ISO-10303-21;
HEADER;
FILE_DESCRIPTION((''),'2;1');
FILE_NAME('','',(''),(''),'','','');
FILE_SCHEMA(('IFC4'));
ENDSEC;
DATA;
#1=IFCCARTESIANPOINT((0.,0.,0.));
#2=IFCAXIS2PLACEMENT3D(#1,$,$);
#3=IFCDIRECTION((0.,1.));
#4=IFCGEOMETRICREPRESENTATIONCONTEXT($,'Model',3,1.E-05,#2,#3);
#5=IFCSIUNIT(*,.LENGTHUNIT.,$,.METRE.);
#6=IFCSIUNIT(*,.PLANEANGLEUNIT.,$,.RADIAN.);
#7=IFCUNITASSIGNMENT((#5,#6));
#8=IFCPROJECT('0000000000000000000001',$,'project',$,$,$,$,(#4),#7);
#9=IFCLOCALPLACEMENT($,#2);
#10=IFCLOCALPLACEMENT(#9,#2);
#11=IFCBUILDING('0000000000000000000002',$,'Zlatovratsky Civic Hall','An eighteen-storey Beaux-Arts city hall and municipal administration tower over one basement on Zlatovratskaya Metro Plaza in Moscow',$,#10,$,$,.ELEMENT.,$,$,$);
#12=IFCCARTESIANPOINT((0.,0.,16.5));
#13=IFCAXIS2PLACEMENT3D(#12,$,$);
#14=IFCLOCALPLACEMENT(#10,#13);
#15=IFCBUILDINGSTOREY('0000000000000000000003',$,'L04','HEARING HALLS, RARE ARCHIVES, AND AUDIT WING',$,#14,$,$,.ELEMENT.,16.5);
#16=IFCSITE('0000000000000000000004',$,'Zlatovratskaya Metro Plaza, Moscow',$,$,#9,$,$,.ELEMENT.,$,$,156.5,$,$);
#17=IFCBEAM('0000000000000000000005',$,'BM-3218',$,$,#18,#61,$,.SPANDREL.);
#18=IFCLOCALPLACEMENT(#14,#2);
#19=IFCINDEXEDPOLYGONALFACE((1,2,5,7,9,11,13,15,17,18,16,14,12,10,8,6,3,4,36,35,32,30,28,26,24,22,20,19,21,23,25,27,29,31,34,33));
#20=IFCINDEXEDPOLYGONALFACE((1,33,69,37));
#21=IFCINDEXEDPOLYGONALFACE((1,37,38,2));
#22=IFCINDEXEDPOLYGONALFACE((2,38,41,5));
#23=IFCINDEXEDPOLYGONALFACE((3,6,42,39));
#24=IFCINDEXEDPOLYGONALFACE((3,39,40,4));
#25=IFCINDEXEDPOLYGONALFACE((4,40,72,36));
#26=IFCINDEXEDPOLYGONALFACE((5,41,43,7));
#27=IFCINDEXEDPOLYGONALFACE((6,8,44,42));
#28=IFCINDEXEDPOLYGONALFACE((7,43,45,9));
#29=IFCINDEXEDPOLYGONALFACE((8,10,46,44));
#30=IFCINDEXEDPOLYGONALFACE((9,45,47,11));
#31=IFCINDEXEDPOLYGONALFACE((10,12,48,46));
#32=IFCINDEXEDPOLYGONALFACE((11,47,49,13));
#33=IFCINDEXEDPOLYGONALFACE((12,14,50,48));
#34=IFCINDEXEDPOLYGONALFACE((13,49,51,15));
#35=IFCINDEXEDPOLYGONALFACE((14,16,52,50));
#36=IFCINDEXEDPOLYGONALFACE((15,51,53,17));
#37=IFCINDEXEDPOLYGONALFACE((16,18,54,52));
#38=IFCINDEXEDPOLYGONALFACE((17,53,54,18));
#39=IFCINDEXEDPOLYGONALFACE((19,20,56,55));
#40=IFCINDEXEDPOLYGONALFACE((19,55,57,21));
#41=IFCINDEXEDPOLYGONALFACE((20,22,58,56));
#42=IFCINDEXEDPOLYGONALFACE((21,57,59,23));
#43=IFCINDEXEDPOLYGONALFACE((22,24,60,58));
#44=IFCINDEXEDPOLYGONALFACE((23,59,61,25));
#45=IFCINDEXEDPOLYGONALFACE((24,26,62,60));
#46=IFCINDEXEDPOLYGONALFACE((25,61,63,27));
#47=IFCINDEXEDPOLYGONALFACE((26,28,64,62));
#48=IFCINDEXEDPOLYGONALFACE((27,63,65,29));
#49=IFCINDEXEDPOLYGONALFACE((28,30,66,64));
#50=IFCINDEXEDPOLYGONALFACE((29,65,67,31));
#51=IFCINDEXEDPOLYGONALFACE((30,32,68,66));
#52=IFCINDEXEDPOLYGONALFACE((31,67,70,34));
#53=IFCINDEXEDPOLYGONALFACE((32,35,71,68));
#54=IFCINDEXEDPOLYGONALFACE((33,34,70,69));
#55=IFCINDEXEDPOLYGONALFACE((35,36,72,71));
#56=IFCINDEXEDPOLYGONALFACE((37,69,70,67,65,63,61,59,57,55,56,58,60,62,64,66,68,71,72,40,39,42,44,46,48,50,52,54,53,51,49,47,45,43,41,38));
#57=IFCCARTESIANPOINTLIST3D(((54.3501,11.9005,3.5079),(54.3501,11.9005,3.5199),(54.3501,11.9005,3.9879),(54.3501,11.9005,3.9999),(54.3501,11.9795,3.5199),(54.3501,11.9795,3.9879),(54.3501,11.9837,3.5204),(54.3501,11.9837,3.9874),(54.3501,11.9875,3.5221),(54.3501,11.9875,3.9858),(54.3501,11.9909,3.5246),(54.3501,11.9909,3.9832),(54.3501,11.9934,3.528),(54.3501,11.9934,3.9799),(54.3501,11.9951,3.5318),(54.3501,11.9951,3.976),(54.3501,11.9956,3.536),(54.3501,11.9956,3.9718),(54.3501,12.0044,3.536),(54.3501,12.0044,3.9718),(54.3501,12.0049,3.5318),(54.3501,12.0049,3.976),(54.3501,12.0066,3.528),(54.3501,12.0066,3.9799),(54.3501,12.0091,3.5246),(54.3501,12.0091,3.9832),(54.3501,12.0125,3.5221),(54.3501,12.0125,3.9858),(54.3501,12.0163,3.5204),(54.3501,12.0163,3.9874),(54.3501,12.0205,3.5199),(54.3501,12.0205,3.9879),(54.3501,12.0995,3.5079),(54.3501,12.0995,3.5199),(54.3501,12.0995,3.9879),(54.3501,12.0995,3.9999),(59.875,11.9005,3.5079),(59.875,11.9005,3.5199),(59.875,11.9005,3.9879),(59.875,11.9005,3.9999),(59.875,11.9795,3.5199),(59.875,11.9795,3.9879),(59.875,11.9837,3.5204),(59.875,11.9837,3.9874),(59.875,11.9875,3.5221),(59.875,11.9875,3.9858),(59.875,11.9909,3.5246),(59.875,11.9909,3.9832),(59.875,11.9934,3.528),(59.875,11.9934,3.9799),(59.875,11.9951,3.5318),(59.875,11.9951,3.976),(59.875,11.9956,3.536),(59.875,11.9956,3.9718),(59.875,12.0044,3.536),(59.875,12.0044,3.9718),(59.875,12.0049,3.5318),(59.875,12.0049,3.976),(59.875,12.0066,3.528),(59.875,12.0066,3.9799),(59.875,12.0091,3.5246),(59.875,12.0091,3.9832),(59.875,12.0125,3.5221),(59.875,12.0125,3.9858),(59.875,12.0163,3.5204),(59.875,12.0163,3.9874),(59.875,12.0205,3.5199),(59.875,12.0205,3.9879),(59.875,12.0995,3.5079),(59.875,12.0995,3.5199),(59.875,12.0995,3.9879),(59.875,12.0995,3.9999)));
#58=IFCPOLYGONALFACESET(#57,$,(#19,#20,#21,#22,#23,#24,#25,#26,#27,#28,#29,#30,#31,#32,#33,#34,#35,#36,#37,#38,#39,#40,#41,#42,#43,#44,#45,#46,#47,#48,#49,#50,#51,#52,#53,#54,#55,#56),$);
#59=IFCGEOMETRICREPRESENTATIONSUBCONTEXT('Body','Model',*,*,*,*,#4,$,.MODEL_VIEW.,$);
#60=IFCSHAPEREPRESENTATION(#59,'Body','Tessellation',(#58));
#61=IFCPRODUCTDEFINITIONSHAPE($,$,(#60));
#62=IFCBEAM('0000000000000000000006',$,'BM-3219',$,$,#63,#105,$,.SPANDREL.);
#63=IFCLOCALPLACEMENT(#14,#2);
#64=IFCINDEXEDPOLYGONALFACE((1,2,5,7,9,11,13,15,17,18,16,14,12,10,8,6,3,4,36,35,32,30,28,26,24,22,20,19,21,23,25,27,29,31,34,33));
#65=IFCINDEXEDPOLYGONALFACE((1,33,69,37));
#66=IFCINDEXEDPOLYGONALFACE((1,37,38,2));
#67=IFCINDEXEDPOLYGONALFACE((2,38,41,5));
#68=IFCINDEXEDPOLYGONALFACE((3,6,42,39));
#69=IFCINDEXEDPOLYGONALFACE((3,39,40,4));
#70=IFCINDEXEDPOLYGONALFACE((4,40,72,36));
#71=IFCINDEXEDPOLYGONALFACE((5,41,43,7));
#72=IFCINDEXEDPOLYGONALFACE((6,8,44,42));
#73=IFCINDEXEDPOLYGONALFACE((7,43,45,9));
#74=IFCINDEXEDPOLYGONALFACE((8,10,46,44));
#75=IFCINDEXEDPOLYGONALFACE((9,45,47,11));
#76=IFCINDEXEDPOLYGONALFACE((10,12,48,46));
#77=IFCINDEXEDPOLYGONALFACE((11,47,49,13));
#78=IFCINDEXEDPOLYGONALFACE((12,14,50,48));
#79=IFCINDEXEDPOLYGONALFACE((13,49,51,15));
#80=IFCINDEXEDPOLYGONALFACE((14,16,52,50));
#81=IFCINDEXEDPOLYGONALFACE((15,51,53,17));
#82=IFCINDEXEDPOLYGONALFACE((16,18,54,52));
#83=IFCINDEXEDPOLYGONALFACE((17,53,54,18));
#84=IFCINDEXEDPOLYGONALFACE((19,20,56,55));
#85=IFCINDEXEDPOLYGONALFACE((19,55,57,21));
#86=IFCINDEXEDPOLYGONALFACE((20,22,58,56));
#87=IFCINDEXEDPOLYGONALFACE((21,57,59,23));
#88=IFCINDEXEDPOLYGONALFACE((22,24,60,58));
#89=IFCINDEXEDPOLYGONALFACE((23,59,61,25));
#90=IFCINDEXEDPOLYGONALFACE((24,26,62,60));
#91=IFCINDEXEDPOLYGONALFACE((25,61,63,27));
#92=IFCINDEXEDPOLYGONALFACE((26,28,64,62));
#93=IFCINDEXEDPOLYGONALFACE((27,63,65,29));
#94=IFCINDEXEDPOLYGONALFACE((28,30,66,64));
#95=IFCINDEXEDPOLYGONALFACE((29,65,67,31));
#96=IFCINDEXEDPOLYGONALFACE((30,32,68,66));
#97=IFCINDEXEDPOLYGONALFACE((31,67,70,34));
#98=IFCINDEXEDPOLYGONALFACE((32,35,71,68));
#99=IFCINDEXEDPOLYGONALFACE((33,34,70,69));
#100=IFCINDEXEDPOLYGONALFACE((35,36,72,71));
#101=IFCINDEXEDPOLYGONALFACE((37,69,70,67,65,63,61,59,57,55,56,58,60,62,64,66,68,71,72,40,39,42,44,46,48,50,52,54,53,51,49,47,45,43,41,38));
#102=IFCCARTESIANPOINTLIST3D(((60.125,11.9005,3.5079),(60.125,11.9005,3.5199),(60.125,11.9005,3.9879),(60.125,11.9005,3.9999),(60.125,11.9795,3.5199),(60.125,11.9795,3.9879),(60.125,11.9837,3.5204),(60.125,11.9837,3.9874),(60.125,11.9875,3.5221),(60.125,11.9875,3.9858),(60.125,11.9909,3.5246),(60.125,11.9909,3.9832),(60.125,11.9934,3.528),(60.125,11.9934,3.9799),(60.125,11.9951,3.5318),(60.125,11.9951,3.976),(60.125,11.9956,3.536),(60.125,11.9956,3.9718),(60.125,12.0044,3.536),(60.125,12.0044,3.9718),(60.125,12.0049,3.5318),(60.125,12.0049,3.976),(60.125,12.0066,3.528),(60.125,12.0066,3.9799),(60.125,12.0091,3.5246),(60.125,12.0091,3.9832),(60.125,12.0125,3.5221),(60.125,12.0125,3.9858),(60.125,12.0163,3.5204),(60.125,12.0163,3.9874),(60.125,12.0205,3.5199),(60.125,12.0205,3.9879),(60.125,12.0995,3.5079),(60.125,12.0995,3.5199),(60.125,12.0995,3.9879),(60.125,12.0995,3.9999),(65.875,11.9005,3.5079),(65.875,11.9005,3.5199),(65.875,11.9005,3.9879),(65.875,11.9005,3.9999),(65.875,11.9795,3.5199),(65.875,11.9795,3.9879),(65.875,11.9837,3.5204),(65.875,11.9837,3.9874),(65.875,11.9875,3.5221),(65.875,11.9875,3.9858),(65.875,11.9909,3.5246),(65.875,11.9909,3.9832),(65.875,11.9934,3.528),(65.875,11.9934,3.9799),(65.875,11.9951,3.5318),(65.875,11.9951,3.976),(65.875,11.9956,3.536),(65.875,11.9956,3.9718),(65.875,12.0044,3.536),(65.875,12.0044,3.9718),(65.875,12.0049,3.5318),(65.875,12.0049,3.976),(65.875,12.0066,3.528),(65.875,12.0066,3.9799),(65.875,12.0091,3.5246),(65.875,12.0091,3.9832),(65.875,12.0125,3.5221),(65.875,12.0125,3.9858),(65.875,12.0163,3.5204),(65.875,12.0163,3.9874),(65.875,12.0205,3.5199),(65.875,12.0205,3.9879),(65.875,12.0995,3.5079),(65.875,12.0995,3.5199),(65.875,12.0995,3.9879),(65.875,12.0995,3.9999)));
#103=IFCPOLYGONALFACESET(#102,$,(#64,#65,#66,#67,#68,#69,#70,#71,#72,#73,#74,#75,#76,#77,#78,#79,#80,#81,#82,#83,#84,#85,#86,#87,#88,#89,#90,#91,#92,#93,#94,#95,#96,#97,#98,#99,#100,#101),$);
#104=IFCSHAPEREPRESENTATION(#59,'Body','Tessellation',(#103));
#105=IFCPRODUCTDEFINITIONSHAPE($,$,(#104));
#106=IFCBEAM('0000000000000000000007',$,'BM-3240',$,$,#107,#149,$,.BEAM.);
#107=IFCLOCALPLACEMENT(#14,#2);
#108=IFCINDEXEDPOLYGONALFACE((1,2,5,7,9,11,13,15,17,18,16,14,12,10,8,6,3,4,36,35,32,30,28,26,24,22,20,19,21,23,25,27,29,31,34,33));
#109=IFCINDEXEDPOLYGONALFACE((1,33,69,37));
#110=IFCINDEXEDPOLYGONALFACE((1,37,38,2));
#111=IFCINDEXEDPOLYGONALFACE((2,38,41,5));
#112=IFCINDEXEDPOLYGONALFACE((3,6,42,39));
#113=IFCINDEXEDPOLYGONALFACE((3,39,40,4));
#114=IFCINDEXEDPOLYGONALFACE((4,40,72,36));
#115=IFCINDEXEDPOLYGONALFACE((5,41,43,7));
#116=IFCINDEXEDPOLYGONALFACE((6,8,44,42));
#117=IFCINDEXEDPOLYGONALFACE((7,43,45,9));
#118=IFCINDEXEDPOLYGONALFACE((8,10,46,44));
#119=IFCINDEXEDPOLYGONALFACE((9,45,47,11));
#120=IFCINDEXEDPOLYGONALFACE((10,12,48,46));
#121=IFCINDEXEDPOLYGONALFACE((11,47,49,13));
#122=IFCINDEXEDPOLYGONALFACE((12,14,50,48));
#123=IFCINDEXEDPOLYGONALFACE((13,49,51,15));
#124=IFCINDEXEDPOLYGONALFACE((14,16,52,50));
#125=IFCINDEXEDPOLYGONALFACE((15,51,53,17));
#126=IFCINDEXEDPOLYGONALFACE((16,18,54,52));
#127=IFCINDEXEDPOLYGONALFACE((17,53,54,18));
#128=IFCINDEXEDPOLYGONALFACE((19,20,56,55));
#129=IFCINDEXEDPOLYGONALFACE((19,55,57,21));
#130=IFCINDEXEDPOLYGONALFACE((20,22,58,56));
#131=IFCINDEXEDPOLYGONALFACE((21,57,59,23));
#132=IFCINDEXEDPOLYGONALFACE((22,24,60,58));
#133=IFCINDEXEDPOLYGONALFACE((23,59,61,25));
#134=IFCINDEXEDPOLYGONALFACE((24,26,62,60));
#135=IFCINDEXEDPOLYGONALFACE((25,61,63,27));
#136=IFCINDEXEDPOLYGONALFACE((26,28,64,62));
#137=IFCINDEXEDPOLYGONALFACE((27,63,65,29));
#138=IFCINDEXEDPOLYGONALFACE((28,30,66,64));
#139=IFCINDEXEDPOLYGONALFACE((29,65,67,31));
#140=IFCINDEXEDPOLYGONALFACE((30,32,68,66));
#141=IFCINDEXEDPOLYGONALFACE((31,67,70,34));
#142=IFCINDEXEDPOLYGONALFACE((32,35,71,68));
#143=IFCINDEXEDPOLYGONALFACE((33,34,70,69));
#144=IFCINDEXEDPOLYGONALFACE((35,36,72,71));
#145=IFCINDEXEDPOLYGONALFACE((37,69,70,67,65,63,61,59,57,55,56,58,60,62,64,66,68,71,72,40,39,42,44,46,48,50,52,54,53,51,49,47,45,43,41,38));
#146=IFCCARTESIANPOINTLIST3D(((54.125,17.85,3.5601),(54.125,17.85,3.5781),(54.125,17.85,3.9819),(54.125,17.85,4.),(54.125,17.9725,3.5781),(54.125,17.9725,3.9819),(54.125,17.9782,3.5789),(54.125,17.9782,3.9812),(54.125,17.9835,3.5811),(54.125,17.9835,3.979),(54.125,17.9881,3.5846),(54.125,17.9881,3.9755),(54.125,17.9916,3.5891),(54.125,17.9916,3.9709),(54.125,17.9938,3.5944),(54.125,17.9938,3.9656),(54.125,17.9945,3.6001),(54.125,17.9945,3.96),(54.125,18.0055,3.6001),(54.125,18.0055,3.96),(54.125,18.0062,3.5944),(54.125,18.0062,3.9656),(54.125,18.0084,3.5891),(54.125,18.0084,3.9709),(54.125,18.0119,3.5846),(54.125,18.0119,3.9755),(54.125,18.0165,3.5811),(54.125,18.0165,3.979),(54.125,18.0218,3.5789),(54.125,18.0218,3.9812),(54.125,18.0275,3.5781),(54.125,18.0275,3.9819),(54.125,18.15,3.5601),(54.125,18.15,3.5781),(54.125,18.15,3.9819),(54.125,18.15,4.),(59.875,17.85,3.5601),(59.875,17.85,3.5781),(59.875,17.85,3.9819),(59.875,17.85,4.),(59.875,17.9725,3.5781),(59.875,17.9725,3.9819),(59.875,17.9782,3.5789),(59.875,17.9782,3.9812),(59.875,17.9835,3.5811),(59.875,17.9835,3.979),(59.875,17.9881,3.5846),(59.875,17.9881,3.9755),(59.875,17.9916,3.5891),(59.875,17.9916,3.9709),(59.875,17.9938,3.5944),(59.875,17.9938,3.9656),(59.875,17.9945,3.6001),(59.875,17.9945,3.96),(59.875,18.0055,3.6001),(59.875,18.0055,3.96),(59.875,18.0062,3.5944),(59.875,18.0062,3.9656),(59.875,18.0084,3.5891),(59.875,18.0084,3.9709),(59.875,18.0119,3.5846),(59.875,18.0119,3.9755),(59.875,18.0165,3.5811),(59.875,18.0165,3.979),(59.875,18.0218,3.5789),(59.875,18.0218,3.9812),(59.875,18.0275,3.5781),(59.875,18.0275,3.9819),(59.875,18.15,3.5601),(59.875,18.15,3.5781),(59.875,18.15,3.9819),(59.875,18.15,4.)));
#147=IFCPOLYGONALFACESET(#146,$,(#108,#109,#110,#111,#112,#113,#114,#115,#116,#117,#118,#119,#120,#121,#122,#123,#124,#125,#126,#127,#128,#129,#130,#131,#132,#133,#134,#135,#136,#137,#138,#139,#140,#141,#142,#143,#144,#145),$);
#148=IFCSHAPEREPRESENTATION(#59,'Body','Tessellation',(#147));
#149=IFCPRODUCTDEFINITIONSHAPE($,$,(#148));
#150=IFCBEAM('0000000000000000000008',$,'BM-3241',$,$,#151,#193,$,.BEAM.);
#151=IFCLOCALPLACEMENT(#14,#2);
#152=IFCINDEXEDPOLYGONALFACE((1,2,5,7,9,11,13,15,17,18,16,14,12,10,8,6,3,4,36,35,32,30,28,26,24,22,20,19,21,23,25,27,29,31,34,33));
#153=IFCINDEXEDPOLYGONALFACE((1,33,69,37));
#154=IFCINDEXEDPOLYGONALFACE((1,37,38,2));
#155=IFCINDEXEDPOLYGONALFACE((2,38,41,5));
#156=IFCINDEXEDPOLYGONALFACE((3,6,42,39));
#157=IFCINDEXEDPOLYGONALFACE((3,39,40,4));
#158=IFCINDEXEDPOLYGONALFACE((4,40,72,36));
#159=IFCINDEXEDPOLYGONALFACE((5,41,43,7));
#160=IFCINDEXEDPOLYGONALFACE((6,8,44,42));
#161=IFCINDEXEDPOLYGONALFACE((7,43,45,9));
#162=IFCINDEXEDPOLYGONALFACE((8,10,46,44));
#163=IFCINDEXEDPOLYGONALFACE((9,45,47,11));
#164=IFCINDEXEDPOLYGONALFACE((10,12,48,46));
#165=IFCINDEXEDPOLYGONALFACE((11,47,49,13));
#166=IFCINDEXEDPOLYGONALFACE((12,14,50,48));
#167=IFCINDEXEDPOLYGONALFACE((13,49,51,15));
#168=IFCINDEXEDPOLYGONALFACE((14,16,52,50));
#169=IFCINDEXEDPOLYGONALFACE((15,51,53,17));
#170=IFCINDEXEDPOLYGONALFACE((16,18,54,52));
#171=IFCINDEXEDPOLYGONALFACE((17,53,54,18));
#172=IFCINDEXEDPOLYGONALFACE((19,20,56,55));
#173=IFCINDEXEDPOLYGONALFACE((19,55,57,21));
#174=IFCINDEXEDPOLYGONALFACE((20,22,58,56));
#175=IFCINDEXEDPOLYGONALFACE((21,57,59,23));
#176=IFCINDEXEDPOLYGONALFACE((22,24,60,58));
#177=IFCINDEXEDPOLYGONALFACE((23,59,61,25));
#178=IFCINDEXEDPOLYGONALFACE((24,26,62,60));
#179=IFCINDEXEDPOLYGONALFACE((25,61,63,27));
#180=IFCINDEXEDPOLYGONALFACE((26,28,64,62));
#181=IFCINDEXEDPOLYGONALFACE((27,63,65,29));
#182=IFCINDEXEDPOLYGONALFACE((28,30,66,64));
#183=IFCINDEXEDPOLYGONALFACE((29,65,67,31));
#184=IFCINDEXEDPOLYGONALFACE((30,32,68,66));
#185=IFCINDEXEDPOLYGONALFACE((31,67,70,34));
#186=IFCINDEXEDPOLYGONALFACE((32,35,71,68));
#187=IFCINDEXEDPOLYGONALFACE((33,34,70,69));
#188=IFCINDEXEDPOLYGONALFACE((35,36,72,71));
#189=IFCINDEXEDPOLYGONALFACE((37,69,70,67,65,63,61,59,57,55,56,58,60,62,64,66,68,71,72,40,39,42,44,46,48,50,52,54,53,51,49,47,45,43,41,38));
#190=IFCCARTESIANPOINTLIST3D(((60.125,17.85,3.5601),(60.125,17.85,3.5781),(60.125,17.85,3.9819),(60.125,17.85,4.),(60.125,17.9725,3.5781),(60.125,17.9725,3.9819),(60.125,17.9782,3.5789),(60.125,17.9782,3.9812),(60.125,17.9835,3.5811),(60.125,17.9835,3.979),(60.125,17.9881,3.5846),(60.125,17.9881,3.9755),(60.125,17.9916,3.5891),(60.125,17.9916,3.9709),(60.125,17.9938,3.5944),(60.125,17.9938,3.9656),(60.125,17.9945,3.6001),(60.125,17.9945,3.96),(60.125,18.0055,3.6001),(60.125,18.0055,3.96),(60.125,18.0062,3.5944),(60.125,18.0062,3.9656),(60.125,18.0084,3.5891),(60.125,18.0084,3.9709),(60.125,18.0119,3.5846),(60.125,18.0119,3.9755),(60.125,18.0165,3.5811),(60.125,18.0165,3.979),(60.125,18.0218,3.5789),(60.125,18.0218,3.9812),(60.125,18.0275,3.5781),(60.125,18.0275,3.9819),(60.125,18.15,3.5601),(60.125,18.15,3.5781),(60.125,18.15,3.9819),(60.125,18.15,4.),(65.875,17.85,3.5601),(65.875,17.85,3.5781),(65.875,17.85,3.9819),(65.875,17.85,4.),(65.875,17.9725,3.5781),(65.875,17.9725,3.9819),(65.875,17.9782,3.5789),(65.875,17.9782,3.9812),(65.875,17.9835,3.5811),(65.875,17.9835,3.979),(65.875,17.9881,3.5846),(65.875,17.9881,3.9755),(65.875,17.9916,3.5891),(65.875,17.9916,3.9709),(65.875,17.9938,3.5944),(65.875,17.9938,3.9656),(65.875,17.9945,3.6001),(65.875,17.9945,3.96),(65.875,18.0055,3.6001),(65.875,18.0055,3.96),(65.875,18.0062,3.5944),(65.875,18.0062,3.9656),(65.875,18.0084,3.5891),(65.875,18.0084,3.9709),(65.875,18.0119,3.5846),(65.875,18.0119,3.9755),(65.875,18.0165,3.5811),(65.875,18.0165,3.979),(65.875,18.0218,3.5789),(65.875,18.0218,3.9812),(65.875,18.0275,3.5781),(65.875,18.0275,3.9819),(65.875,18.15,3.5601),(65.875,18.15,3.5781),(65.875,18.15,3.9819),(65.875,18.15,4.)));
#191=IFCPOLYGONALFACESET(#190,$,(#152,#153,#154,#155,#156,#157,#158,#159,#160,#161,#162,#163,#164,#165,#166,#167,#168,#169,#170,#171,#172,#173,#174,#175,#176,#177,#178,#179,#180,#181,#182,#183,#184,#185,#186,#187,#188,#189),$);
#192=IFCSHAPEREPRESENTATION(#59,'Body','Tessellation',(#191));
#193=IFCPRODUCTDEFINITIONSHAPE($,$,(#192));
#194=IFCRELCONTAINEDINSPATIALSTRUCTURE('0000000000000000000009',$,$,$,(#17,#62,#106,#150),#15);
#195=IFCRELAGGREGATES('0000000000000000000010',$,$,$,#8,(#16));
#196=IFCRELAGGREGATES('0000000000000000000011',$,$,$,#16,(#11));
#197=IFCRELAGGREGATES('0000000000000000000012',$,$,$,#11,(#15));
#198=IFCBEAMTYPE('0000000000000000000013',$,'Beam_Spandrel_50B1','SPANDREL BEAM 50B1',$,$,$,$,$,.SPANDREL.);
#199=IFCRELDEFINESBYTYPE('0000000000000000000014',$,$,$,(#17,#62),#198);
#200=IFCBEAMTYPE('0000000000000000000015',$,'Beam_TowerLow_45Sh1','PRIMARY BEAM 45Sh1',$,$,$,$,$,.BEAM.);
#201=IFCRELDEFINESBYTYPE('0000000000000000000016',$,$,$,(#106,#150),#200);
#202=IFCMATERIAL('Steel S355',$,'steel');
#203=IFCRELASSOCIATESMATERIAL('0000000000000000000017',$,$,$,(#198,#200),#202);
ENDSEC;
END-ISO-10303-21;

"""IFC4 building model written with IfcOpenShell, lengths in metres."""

from ifc_helpers import new_model, si_unit, direction, frame, origin, origin_2d, place, context, subcontext, project, spatial, i_section, extrude, material, material_profile, profile_set, type_object, element, save


model = new_model("IFC4")

# Units and contexts
model_context = context("Model", 3, precision=1e-05, world=origin(), true_north=direction((0.0, 1.0)))
body_context = subcontext(model_context, "Body", "Model", "MODEL_VIEW")
ifc_project = project(units=[si_unit("LENGTHUNIT", "METRE"), si_unit("PLANEANGLEUNIT", "RADIAN")], contexts=[model_context])

# Site, building, storey
site_placement = place(None, origin())
site = spatial("IfcSite", under=ifc_project, at=site_placement, Name="Zlatovratskaya Metro Plaza, Moscow", CompositionType="ELEMENT", RefElevation=156.5)
building_placement = place(site_placement, origin())
building = spatial("IfcBuilding", under=site, at=building_placement, Name="Zlatovratsky Civic Hall", Description="An eighteen-storey Beaux-Arts city hall and municipal administration tower over one basement on Zlatovratskaya Metro Plaza in Moscow", CompositionType="ELEMENT")
storey_placement = place(building_placement, frame((0.0, 0.0, 16.5)))
storey = spatial("IfcBuildingStorey", under=building, at=storey_placement, Name="L04", Description="HEARING HALLS, RARE ARCHIVES, AND AUDIT WING", CompositionType="ELEMENT", Elevation=16.5)

# Shared definitions
ifc_material_1 = material(Name="Steel S355", Category="steel")

# Beams
ifc_material_profile_1 = material_profile(ifc_material_1, i_section(OverallWidth=0.199, OverallDepth=0.4919, WebThickness=0.0088, FlangeThickness=0.012, FilletRadius=0.0161, at=origin_2d()), Name="50B1")
ifc_profile_set_1 = profile_set([ifc_material_profile_1], Name="Steel S355")
beam_type_1 = type_object("IfcBeamType", Name="Beam_Spandrel_50B1", Description="SPANDREL BEAM 50B1", PredefinedType="SPANDREL", material=ifc_profile_set_1)
beam_1_placement = place(storey_placement, frame((54.3501, 12.0, 3.7539), z_axis=(1.0, 0.0, 0.0), x_axis=(0.0, 1.0, 0.0)))
element("IfcBeam", 1, at=beam_1_placement, inside=storey, type_object=beam_type_1, Name="BM-3218", PredefinedType="SPANDREL", context=body_context, shape_type="SweptSolid", body=[
    extrude(i_section(OverallWidth=0.199, OverallDepth=0.4919, WebThickness=0.0088, FlangeThickness=0.012, FilletRadius=0.0161, at=origin_2d()), origin(), (0.0, 0.0, 1.0), 5.5249),
])
beam_2_placement = place(storey_placement, frame((60.125, 12.0, 3.7539), z_axis=(1.0, 0.0, 0.0), x_axis=(0.0, 1.0, 0.0)))
element("IfcBeam", 2, at=beam_2_placement, inside=storey, type_object=beam_type_1, Name="BM-3219", PredefinedType="SPANDREL", context=body_context, shape_type="SweptSolid", body=[
    extrude(i_section(OverallWidth=0.199, OverallDepth=0.4919, WebThickness=0.0088, FlangeThickness=0.012, FilletRadius=0.0161, at=origin_2d()), origin(), (0.0, 0.0, 1.0), 5.75),
])
ifc_material_profile_2 = material_profile(ifc_material_1, i_section(OverallWidth=0.3, OverallDepth=0.4399, WebThickness=0.011, FlangeThickness=0.0181, FilletRadius=0.022, at=origin_2d()), Name="45Sh1")
ifc_profile_set_2 = profile_set([ifc_material_profile_2], Name="Steel S355")
beam_type_2 = type_object("IfcBeamType", Name="Beam_TowerLow_45Sh1", Description="PRIMARY BEAM 45Sh1", PredefinedType="BEAM", material=ifc_profile_set_2)
for number, where, z_axis, x_axis, name in (
    (3, (54.125, 18.0, 3.78), (1.0, 0.0, 0.0), (0.0, 1.0, 0.0), "BM-3240"),
    (4, (60.125, 18.0, 3.78), (1.0, 0.0, 0.0), (0.0, 1.0, 0.0), "BM-3241"),
):
    element("IfcBeam", number, at=place(storey_placement, frame(where, z_axis=z_axis, x_axis=x_axis)), inside=storey, type_object=beam_type_2, Name=name, PredefinedType="BEAM", context=body_context, shape_type="SweptSolid", body=[
        extrude(i_section(OverallWidth=0.3, OverallDepth=0.4399, WebThickness=0.011, FlangeThickness=0.0181, FilletRadius=0.022, at=origin_2d()), origin(), (0.0, 0.0, 1.0), 5.75),
    ])

save(model, "model.ifc")
